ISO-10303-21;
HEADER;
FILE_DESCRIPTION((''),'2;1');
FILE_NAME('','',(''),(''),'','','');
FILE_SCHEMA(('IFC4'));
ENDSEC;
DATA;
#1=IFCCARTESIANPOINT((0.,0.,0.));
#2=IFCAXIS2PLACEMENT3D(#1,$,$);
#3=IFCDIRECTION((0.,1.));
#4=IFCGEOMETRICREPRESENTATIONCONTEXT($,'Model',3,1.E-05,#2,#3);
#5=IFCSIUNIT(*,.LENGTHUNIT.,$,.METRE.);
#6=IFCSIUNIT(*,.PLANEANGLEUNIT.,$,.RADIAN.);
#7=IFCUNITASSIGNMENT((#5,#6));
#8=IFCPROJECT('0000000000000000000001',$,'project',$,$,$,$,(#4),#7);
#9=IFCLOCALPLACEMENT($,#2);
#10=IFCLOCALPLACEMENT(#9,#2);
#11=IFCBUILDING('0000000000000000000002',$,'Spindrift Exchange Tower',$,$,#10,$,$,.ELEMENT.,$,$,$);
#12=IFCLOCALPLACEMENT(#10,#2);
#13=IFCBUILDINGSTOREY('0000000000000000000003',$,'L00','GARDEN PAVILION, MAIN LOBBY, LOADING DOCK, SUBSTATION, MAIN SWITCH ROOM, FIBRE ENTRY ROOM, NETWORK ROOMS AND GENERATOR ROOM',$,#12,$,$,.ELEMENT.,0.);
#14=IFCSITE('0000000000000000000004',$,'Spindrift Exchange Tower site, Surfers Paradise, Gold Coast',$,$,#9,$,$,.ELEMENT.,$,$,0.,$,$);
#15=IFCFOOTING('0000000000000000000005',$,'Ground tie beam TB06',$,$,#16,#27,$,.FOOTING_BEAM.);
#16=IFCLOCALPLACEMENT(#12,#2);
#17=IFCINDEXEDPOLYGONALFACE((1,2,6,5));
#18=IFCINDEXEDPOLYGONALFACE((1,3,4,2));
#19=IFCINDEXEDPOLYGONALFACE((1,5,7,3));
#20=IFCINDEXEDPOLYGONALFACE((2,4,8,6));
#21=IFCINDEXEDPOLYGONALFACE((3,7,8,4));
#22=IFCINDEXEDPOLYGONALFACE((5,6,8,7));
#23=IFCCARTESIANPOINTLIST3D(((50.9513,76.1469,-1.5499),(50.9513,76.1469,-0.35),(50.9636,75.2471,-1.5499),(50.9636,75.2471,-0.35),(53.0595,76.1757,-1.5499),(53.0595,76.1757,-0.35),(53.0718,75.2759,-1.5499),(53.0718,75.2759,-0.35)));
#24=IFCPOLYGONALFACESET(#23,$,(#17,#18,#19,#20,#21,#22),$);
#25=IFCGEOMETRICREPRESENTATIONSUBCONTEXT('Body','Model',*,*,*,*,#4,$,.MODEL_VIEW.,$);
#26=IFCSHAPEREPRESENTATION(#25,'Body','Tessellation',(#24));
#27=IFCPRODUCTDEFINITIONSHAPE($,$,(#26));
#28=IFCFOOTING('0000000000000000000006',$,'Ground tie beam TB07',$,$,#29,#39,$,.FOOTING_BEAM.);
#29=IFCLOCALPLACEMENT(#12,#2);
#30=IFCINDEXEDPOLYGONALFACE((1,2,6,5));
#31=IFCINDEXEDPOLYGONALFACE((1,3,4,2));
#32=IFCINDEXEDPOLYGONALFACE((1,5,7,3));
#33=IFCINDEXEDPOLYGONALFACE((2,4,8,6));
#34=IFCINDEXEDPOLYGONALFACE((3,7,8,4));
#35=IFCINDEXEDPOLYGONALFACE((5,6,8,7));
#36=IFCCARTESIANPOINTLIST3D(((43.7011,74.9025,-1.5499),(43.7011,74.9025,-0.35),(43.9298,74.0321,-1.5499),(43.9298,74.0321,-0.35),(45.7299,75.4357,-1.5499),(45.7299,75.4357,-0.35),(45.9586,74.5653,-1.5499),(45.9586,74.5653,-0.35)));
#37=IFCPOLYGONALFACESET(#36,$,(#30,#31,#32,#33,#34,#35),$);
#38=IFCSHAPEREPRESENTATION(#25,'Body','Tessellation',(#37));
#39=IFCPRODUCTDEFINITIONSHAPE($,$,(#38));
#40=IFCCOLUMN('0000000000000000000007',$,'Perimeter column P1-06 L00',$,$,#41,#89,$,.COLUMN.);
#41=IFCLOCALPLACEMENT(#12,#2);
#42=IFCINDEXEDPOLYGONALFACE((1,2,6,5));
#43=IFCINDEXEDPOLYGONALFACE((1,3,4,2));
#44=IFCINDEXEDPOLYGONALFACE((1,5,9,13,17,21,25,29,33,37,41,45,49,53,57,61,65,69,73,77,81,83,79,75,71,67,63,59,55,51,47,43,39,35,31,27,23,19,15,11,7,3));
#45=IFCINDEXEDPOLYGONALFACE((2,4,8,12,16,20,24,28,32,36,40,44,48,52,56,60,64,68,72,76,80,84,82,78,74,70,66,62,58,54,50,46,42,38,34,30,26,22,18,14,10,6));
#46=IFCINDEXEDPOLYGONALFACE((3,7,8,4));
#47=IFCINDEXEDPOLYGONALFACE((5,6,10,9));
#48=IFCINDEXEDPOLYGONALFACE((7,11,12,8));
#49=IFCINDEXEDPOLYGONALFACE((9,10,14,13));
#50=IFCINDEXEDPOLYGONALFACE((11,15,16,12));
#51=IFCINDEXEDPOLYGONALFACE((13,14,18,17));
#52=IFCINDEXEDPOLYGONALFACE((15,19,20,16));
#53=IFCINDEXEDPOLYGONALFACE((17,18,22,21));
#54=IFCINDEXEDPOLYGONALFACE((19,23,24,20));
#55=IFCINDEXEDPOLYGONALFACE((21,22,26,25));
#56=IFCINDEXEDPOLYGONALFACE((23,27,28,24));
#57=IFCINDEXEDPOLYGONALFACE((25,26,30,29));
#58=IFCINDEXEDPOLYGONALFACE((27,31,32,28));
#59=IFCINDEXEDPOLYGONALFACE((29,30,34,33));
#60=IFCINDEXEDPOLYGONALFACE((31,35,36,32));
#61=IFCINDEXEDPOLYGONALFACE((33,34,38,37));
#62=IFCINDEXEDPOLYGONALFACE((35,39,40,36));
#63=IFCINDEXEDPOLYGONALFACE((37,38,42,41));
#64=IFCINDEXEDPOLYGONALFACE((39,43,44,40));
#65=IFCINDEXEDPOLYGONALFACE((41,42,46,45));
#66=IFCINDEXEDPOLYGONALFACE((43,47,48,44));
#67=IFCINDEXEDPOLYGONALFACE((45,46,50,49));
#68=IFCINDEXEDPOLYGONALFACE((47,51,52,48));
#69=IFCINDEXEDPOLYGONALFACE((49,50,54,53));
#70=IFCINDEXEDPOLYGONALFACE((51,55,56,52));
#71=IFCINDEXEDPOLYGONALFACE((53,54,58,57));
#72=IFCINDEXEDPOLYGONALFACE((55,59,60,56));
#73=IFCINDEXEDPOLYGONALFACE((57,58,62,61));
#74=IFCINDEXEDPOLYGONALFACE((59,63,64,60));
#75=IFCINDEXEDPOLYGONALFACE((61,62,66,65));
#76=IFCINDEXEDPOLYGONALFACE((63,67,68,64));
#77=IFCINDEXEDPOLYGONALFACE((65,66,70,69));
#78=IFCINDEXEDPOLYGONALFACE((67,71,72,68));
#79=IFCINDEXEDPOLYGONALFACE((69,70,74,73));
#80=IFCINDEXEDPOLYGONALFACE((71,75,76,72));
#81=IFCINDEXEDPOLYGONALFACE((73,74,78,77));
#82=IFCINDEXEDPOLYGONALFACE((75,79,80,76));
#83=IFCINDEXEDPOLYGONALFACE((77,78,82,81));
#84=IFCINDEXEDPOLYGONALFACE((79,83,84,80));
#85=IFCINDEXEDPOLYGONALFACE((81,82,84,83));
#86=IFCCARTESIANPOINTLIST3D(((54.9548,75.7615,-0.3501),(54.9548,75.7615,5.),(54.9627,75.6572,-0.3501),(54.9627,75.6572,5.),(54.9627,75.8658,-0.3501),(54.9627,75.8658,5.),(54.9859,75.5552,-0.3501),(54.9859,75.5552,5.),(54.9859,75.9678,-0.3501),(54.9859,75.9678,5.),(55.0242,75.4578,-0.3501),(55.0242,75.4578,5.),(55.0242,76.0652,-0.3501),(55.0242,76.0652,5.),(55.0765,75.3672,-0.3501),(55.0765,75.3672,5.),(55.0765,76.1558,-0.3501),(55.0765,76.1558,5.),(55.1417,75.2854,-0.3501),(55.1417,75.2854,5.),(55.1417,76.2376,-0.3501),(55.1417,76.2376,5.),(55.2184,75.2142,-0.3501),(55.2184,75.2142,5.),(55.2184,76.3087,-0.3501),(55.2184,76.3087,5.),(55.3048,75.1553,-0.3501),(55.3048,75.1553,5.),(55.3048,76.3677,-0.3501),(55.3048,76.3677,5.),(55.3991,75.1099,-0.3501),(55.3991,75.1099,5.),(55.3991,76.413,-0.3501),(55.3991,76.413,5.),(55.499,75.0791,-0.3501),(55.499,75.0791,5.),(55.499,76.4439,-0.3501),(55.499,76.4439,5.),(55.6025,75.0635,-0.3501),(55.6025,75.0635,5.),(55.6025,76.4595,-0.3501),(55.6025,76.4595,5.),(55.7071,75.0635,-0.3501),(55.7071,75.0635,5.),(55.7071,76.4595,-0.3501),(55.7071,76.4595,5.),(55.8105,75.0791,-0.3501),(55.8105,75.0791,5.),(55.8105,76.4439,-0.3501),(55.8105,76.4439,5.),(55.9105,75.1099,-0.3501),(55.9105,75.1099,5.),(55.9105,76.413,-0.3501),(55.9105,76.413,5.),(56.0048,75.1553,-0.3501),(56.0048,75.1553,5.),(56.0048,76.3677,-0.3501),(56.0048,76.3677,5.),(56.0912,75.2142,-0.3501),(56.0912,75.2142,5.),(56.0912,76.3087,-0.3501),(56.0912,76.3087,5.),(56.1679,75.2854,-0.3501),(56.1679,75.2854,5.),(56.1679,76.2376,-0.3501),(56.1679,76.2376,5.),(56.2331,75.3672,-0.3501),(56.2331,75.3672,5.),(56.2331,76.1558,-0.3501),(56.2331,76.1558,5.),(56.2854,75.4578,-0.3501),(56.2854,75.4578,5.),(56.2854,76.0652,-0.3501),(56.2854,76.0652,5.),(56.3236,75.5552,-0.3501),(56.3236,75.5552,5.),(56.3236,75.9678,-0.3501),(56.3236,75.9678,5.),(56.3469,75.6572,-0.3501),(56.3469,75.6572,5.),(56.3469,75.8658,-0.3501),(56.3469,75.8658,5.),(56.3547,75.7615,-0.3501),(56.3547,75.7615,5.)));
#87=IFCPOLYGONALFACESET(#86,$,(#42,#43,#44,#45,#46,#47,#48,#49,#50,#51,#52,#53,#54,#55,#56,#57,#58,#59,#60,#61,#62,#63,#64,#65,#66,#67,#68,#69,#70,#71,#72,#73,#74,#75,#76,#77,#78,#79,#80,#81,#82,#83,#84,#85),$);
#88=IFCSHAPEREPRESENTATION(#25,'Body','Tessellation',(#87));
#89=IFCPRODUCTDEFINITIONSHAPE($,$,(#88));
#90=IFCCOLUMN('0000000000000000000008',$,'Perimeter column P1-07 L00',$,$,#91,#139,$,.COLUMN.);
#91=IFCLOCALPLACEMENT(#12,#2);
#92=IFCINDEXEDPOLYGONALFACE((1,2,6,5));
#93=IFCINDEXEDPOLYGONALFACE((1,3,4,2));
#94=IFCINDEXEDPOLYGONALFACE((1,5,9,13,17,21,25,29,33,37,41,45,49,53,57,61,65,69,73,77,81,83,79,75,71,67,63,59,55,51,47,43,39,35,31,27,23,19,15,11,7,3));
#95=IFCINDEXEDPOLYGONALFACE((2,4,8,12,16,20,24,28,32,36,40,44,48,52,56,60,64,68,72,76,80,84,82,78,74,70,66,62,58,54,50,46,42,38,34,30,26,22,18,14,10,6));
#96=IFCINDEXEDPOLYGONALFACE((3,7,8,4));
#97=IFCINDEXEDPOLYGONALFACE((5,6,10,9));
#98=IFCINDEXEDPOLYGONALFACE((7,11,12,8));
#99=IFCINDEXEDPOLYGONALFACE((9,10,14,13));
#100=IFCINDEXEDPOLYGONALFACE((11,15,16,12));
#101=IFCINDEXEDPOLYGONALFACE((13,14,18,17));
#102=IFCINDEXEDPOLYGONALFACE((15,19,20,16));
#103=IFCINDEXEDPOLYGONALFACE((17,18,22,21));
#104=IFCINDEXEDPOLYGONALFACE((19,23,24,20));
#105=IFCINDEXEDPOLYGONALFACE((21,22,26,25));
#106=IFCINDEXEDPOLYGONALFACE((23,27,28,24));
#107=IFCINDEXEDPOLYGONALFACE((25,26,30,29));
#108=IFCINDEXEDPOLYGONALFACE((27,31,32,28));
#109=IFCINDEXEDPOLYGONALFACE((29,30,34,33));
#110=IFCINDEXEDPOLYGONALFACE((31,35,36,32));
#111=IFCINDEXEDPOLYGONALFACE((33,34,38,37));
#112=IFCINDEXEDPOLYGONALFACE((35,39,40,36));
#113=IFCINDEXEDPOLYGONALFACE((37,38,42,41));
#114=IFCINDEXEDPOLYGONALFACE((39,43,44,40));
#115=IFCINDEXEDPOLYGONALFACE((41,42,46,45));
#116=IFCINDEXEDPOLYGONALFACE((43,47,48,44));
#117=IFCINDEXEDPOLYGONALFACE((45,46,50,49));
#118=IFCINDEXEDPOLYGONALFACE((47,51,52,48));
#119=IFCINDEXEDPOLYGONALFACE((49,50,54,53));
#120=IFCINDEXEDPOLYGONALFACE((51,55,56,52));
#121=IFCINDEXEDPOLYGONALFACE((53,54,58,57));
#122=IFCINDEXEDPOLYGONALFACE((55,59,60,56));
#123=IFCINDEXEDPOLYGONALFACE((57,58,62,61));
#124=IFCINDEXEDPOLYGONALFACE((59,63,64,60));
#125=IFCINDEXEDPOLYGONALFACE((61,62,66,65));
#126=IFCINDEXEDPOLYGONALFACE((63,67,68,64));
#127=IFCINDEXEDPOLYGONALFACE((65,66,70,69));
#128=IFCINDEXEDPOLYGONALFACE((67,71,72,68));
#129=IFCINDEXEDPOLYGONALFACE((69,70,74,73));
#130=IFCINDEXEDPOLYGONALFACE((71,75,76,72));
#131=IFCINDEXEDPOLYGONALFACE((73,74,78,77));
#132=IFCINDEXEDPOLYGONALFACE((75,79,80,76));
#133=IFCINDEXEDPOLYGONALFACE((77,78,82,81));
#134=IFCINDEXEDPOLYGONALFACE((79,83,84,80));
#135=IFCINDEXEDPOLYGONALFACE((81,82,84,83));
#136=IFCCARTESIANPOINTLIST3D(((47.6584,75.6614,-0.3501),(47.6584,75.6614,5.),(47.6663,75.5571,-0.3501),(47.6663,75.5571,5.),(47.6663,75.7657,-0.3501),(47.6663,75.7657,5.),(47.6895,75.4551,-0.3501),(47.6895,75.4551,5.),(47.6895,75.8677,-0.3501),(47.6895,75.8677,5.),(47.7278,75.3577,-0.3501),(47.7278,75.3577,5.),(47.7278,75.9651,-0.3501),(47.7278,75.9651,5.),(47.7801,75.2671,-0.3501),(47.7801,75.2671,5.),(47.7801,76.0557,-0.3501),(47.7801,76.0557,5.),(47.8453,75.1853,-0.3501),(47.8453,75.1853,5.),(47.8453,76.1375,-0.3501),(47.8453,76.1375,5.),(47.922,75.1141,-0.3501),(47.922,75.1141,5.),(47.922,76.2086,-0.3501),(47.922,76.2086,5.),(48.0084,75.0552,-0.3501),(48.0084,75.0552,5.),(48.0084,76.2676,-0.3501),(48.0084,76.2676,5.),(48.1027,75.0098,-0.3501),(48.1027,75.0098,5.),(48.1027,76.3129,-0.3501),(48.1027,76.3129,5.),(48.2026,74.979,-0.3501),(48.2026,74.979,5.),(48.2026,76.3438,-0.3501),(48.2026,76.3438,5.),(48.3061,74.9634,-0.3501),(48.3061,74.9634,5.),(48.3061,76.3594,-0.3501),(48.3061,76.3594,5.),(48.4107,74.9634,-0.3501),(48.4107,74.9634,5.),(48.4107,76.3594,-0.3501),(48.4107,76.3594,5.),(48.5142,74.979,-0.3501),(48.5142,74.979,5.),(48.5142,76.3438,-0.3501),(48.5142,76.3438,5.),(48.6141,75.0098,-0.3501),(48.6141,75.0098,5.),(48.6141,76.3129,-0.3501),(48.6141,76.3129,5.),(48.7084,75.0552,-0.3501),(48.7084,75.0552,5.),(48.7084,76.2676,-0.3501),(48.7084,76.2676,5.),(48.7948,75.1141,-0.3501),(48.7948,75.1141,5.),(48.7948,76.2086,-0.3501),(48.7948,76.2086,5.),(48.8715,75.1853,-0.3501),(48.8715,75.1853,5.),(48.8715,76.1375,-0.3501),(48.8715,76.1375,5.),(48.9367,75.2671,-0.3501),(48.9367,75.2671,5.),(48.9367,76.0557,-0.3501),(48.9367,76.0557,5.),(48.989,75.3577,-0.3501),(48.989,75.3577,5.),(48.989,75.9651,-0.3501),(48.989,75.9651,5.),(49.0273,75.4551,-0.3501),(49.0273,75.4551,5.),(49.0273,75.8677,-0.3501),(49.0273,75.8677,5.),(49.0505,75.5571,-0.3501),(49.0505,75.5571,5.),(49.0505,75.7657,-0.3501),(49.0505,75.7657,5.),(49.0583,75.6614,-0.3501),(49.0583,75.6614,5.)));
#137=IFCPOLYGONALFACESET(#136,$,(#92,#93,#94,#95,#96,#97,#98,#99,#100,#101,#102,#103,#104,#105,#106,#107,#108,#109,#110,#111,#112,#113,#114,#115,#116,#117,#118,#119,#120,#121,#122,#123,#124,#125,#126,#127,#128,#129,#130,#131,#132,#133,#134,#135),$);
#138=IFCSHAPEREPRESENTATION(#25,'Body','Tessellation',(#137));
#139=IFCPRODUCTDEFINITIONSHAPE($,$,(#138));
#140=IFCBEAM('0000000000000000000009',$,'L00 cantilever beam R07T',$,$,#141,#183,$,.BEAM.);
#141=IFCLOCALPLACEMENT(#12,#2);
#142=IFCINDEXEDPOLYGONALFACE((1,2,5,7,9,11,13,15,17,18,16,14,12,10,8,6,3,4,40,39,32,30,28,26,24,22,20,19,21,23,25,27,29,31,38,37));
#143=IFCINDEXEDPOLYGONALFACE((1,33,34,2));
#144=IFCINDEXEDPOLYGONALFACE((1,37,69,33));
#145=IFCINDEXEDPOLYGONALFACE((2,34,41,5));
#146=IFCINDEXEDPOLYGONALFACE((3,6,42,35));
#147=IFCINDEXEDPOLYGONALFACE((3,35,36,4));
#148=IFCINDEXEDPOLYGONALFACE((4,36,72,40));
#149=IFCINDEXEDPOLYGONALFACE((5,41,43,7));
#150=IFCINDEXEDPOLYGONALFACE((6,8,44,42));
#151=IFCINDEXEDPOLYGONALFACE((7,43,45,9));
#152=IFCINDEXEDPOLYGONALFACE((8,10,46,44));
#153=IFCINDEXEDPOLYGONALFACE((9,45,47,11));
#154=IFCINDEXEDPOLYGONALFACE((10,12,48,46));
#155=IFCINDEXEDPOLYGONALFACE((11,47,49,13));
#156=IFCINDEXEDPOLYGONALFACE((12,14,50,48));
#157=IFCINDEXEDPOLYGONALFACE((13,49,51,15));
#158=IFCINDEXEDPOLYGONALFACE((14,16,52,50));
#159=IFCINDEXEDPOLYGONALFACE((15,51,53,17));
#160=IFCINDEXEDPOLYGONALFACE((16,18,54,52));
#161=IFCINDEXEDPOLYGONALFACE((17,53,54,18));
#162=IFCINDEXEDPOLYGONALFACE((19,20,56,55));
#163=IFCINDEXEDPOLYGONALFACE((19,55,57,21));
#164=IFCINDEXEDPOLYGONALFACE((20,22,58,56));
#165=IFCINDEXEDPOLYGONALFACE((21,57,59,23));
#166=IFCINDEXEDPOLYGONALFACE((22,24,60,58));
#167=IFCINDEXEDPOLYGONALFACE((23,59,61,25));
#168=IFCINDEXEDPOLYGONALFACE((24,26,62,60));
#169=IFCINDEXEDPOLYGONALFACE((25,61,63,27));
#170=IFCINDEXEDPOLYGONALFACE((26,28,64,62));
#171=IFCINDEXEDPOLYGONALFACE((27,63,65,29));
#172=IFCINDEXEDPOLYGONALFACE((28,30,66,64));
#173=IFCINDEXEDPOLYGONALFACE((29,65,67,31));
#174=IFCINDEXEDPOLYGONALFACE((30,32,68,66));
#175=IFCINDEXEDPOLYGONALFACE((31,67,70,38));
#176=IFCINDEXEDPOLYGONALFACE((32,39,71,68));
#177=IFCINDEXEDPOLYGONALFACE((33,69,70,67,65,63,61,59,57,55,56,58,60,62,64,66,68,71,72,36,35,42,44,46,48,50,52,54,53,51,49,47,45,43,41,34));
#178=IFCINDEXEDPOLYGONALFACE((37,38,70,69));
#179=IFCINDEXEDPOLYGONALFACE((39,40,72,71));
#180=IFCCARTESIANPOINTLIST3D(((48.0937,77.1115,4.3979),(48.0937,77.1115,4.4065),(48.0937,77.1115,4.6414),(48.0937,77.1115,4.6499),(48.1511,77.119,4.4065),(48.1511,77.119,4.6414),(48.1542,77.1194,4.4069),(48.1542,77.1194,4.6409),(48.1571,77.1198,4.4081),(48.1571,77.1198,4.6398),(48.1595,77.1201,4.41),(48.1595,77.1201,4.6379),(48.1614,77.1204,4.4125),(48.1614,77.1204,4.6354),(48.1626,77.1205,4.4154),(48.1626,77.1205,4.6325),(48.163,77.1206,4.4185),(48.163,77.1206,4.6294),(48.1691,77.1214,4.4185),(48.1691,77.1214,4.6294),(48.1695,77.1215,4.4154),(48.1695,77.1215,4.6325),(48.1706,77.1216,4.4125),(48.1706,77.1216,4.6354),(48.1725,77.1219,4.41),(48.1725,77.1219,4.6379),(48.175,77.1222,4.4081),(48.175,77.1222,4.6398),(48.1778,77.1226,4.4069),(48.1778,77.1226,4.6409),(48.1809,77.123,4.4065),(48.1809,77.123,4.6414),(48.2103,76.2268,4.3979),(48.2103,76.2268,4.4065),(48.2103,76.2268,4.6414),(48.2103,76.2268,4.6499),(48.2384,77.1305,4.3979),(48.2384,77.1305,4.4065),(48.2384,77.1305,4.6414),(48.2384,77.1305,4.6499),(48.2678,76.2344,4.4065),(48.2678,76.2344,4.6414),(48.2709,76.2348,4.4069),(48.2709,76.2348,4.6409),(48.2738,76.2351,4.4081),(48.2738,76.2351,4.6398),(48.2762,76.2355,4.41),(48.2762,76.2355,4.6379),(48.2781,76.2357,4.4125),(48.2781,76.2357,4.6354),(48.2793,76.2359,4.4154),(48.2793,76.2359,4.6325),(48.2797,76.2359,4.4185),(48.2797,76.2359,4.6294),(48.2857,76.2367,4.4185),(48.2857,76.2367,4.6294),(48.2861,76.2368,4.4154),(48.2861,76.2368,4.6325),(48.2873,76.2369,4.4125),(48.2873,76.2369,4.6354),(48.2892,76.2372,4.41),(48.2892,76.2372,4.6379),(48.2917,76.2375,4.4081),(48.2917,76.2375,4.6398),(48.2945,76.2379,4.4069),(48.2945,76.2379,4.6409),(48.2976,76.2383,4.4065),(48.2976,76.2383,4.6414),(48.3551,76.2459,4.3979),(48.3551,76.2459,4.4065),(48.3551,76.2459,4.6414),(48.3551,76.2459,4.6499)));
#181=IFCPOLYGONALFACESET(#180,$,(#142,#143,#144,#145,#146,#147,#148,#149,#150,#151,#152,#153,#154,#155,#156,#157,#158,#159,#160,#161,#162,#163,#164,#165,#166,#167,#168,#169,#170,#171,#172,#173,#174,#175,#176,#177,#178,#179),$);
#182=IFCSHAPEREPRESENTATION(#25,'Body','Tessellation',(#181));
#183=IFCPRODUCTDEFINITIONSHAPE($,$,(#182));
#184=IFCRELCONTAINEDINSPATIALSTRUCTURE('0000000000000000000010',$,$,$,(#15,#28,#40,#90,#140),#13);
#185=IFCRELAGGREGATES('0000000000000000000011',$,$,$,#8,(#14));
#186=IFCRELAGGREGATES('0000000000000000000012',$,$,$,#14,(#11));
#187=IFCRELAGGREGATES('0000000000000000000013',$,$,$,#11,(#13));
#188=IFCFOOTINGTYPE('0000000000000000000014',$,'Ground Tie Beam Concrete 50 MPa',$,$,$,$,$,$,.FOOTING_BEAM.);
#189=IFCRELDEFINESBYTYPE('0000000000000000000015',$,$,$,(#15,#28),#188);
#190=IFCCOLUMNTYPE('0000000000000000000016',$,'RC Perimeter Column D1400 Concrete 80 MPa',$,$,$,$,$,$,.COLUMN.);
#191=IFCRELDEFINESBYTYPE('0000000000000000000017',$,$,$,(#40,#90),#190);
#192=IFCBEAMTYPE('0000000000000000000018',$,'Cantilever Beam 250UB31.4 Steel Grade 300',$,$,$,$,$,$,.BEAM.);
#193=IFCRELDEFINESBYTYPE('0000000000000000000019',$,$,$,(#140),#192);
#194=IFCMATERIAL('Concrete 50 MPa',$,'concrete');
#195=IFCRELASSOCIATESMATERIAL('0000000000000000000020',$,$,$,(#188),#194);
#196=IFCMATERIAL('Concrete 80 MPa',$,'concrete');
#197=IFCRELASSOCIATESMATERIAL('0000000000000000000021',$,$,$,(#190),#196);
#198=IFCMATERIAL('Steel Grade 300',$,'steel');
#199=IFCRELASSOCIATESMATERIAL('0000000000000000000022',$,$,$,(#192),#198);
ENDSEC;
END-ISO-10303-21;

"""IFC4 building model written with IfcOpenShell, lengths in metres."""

from ifc_helpers import new_model, si_unit, direction, frame, origin, origin_2d, place, context, subcontext, project, spatial, rectangle, circle, i_section, extrude, source, transform, mapped, material, material_profile, profile_set, type_object, element, save


model = new_model("IFC4")

# Units and contexts
model_context = context("Model", 3, precision=1e-05, world=origin(), true_north=direction((0.0, 1.0)))
body_context = subcontext(model_context, "Body", "Model", "MODEL_VIEW")
ifc_project = project(units=[si_unit("LENGTHUNIT", "METRE"), si_unit("PLANEANGLEUNIT", "RADIAN")], contexts=[model_context])

# Site, building, storey
site_placement = place(None, origin())
site = spatial("IfcSite", under=ifc_project, at=site_placement, Name="Spindrift Exchange Tower site, Surfers Paradise, Gold Coast", CompositionType="ELEMENT", RefElevation=0.0)
building_placement = place(site_placement, origin())
building = spatial("IfcBuilding", under=site, at=building_placement, Name="Spindrift Exchange Tower", CompositionType="ELEMENT")
storey_placement = place(building_placement, origin())
storey = spatial("IfcBuildingStorey", under=building, at=storey_placement, Name="L00", Description="GARDEN PAVILION, MAIN LOBBY, LOADING DOCK, SUBSTATION, MAIN SWITCH ROOM, FIBRE ENTRY ROOM, NETWORK ROOMS AND GENERATOR ROOM", CompositionType="ELEMENT", Elevation=0.0)

# Footings
ifc_material_1 = material(Name="Concrete 50 MPa", Category="concrete")
ifc_material_profile_1 = material_profile(ifc_material_1, rectangle(XDim=0.8999, YDim=1.2, at=origin_2d()), Name="RC 900x1200")
ifc_profile_set_1 = profile_set([ifc_material_profile_1], Name="Concrete 50 MPa")
footing_type = type_object("IfcFootingType", Name="Ground Tie Beam Concrete 50 MPa", PredefinedType="FOOTING_BEAM", material=ifc_profile_set_1)
shared_shape_1 = source(origin(), body_context, "Body", "SweptSolid", [
    extrude(rectangle(XDim=0.8999, YDim=1.2, at=origin_2d()), origin(), (0.0, 0.0, 1.0), 2.1084),
])
footing_1_placement = place(storey_placement, frame((53.0657, 75.7258, -0.95), z_axis=(-0.999907, -0.013664, 0.0), x_axis=(0.013664, -0.999907, 0.0)))
element("IfcFooting", 1, at=footing_1_placement, inside=storey, type_object=footing_type, Name="Ground tie beam TB06", PredefinedType="FOOTING_BEAM", context=body_context, shape_type="MappedRepresentation", body=[
    mapped(shared_shape_1, transform((0.0, 0.0, 0.0), scale=1.0)),
])
shared_shape_2 = source(origin(), body_context, "Body", "SweptSolid", [
    extrude(rectangle(XDim=0.8999, YDim=1.2, at=origin_2d()), origin(), (0.0, 0.0, 1.0), 2.0977),
])
footing_2_placement = place(storey_placement, frame((45.8442, 75.0005, -0.95), z_axis=(-0.967156, -0.254184, 0.0), x_axis=(0.254184, -0.967156, 0.0)))
element("IfcFooting", 2, at=footing_2_placement, inside=storey, type_object=footing_type, Name="Ground tie beam TB07", PredefinedType="FOOTING_BEAM", context=body_context, shape_type="MappedRepresentation", body=[
    mapped(shared_shape_2, transform((0.0, 0.0, 0.0), scale=1.0)),
])

# Columns
ifc_material_2 = material(Name="Concrete 80 MPa", Category="concrete")
ifc_material_profile_2 = material_profile(ifc_material_2, circle(Radius=0.7, at=origin_2d()), Name="RC D1400")
ifc_profile_set_2 = profile_set([ifc_material_profile_2], Name="Concrete 80 MPa")
column_type = type_object("IfcColumnType", Name="RC Perimeter Column D1400 Concrete 80 MPa", PredefinedType="COLUMN", material=ifc_profile_set_2)
shared_shape_3 = source(origin(), body_context, "Body", "SweptSolid", [
    extrude(circle(Radius=0.7, at=origin_2d()), origin(), (0.0, 0.0, 1.0), 5.3501),
])
for number, where, z_axis, x_axis, name in (
    (3, (55.6548, 75.7615, -0.3501), (0.0, 0.0, 1.0), (1.0, 0.0, 0.0), "Perimeter column P1-06 L00"),
    (4, (48.3584, 75.6614, -0.3501), (0.0, 0.0, 1.0), (1.0, 0.0, 0.0), "Perimeter column P1-07 L00"),
):
    element("IfcColumn", number, at=place(storey_placement, frame(where, z_axis=z_axis, x_axis=x_axis)), inside=storey, type_object=column_type, Name=name, PredefinedType="COLUMN", context=body_context, shape_type="MappedRepresentation", body=[
        mapped(shared_shape_3, transform((0.0, 0.0, 0.0), scale=1.0)),
    ])

# Beam
ifc_material_3 = material(Name="Steel Grade 300", Category="steel")
ifc_material_profile_3 = material_profile(ifc_material_3, i_section(OverallWidth=0.146, OverallDepth=0.252, WebThickness=0.0061, FlangeThickness=0.0085, FilletRadius=0.012, at=origin_2d()), Name="250UB31.4")
ifc_profile_set_3 = profile_set([ifc_material_profile_3], Name="Steel Grade 300")
beam_type_1 = type_object("IfcBeamType", Name="Cantilever Beam 250UB31.4 Steel Grade 300", PredefinedType="BEAM", material=ifc_profile_set_3)
shared_shape_4 = source(origin(), body_context, "Body", "SweptSolid", [
    extrude(i_section(OverallWidth=0.146, OverallDepth=0.252, WebThickness=0.0061, FlangeThickness=0.0085, FilletRadius=0.012, at=origin_2d()), origin(), (0.0, 0.0, 1.0), 0.8923),
])
beam_1_placement = place(storey_placement, frame((48.2827, 76.2363, 4.5239), z_axis=(-0.130766, 0.991413, 0.0), x_axis=(-0.991413, -0.130766, 0.0)))
element("IfcBeam", 5, at=beam_1_placement, inside=storey, type_object=beam_type_1, Name="L00 cantilever beam R07T", PredefinedType="BEAM", context=body_context, shape_type="MappedRepresentation", body=[
    mapped(shared_shape_4, transform((0.0, 0.0, 0.0), scale=1.0)),
])

save(model, "model.ifc")
